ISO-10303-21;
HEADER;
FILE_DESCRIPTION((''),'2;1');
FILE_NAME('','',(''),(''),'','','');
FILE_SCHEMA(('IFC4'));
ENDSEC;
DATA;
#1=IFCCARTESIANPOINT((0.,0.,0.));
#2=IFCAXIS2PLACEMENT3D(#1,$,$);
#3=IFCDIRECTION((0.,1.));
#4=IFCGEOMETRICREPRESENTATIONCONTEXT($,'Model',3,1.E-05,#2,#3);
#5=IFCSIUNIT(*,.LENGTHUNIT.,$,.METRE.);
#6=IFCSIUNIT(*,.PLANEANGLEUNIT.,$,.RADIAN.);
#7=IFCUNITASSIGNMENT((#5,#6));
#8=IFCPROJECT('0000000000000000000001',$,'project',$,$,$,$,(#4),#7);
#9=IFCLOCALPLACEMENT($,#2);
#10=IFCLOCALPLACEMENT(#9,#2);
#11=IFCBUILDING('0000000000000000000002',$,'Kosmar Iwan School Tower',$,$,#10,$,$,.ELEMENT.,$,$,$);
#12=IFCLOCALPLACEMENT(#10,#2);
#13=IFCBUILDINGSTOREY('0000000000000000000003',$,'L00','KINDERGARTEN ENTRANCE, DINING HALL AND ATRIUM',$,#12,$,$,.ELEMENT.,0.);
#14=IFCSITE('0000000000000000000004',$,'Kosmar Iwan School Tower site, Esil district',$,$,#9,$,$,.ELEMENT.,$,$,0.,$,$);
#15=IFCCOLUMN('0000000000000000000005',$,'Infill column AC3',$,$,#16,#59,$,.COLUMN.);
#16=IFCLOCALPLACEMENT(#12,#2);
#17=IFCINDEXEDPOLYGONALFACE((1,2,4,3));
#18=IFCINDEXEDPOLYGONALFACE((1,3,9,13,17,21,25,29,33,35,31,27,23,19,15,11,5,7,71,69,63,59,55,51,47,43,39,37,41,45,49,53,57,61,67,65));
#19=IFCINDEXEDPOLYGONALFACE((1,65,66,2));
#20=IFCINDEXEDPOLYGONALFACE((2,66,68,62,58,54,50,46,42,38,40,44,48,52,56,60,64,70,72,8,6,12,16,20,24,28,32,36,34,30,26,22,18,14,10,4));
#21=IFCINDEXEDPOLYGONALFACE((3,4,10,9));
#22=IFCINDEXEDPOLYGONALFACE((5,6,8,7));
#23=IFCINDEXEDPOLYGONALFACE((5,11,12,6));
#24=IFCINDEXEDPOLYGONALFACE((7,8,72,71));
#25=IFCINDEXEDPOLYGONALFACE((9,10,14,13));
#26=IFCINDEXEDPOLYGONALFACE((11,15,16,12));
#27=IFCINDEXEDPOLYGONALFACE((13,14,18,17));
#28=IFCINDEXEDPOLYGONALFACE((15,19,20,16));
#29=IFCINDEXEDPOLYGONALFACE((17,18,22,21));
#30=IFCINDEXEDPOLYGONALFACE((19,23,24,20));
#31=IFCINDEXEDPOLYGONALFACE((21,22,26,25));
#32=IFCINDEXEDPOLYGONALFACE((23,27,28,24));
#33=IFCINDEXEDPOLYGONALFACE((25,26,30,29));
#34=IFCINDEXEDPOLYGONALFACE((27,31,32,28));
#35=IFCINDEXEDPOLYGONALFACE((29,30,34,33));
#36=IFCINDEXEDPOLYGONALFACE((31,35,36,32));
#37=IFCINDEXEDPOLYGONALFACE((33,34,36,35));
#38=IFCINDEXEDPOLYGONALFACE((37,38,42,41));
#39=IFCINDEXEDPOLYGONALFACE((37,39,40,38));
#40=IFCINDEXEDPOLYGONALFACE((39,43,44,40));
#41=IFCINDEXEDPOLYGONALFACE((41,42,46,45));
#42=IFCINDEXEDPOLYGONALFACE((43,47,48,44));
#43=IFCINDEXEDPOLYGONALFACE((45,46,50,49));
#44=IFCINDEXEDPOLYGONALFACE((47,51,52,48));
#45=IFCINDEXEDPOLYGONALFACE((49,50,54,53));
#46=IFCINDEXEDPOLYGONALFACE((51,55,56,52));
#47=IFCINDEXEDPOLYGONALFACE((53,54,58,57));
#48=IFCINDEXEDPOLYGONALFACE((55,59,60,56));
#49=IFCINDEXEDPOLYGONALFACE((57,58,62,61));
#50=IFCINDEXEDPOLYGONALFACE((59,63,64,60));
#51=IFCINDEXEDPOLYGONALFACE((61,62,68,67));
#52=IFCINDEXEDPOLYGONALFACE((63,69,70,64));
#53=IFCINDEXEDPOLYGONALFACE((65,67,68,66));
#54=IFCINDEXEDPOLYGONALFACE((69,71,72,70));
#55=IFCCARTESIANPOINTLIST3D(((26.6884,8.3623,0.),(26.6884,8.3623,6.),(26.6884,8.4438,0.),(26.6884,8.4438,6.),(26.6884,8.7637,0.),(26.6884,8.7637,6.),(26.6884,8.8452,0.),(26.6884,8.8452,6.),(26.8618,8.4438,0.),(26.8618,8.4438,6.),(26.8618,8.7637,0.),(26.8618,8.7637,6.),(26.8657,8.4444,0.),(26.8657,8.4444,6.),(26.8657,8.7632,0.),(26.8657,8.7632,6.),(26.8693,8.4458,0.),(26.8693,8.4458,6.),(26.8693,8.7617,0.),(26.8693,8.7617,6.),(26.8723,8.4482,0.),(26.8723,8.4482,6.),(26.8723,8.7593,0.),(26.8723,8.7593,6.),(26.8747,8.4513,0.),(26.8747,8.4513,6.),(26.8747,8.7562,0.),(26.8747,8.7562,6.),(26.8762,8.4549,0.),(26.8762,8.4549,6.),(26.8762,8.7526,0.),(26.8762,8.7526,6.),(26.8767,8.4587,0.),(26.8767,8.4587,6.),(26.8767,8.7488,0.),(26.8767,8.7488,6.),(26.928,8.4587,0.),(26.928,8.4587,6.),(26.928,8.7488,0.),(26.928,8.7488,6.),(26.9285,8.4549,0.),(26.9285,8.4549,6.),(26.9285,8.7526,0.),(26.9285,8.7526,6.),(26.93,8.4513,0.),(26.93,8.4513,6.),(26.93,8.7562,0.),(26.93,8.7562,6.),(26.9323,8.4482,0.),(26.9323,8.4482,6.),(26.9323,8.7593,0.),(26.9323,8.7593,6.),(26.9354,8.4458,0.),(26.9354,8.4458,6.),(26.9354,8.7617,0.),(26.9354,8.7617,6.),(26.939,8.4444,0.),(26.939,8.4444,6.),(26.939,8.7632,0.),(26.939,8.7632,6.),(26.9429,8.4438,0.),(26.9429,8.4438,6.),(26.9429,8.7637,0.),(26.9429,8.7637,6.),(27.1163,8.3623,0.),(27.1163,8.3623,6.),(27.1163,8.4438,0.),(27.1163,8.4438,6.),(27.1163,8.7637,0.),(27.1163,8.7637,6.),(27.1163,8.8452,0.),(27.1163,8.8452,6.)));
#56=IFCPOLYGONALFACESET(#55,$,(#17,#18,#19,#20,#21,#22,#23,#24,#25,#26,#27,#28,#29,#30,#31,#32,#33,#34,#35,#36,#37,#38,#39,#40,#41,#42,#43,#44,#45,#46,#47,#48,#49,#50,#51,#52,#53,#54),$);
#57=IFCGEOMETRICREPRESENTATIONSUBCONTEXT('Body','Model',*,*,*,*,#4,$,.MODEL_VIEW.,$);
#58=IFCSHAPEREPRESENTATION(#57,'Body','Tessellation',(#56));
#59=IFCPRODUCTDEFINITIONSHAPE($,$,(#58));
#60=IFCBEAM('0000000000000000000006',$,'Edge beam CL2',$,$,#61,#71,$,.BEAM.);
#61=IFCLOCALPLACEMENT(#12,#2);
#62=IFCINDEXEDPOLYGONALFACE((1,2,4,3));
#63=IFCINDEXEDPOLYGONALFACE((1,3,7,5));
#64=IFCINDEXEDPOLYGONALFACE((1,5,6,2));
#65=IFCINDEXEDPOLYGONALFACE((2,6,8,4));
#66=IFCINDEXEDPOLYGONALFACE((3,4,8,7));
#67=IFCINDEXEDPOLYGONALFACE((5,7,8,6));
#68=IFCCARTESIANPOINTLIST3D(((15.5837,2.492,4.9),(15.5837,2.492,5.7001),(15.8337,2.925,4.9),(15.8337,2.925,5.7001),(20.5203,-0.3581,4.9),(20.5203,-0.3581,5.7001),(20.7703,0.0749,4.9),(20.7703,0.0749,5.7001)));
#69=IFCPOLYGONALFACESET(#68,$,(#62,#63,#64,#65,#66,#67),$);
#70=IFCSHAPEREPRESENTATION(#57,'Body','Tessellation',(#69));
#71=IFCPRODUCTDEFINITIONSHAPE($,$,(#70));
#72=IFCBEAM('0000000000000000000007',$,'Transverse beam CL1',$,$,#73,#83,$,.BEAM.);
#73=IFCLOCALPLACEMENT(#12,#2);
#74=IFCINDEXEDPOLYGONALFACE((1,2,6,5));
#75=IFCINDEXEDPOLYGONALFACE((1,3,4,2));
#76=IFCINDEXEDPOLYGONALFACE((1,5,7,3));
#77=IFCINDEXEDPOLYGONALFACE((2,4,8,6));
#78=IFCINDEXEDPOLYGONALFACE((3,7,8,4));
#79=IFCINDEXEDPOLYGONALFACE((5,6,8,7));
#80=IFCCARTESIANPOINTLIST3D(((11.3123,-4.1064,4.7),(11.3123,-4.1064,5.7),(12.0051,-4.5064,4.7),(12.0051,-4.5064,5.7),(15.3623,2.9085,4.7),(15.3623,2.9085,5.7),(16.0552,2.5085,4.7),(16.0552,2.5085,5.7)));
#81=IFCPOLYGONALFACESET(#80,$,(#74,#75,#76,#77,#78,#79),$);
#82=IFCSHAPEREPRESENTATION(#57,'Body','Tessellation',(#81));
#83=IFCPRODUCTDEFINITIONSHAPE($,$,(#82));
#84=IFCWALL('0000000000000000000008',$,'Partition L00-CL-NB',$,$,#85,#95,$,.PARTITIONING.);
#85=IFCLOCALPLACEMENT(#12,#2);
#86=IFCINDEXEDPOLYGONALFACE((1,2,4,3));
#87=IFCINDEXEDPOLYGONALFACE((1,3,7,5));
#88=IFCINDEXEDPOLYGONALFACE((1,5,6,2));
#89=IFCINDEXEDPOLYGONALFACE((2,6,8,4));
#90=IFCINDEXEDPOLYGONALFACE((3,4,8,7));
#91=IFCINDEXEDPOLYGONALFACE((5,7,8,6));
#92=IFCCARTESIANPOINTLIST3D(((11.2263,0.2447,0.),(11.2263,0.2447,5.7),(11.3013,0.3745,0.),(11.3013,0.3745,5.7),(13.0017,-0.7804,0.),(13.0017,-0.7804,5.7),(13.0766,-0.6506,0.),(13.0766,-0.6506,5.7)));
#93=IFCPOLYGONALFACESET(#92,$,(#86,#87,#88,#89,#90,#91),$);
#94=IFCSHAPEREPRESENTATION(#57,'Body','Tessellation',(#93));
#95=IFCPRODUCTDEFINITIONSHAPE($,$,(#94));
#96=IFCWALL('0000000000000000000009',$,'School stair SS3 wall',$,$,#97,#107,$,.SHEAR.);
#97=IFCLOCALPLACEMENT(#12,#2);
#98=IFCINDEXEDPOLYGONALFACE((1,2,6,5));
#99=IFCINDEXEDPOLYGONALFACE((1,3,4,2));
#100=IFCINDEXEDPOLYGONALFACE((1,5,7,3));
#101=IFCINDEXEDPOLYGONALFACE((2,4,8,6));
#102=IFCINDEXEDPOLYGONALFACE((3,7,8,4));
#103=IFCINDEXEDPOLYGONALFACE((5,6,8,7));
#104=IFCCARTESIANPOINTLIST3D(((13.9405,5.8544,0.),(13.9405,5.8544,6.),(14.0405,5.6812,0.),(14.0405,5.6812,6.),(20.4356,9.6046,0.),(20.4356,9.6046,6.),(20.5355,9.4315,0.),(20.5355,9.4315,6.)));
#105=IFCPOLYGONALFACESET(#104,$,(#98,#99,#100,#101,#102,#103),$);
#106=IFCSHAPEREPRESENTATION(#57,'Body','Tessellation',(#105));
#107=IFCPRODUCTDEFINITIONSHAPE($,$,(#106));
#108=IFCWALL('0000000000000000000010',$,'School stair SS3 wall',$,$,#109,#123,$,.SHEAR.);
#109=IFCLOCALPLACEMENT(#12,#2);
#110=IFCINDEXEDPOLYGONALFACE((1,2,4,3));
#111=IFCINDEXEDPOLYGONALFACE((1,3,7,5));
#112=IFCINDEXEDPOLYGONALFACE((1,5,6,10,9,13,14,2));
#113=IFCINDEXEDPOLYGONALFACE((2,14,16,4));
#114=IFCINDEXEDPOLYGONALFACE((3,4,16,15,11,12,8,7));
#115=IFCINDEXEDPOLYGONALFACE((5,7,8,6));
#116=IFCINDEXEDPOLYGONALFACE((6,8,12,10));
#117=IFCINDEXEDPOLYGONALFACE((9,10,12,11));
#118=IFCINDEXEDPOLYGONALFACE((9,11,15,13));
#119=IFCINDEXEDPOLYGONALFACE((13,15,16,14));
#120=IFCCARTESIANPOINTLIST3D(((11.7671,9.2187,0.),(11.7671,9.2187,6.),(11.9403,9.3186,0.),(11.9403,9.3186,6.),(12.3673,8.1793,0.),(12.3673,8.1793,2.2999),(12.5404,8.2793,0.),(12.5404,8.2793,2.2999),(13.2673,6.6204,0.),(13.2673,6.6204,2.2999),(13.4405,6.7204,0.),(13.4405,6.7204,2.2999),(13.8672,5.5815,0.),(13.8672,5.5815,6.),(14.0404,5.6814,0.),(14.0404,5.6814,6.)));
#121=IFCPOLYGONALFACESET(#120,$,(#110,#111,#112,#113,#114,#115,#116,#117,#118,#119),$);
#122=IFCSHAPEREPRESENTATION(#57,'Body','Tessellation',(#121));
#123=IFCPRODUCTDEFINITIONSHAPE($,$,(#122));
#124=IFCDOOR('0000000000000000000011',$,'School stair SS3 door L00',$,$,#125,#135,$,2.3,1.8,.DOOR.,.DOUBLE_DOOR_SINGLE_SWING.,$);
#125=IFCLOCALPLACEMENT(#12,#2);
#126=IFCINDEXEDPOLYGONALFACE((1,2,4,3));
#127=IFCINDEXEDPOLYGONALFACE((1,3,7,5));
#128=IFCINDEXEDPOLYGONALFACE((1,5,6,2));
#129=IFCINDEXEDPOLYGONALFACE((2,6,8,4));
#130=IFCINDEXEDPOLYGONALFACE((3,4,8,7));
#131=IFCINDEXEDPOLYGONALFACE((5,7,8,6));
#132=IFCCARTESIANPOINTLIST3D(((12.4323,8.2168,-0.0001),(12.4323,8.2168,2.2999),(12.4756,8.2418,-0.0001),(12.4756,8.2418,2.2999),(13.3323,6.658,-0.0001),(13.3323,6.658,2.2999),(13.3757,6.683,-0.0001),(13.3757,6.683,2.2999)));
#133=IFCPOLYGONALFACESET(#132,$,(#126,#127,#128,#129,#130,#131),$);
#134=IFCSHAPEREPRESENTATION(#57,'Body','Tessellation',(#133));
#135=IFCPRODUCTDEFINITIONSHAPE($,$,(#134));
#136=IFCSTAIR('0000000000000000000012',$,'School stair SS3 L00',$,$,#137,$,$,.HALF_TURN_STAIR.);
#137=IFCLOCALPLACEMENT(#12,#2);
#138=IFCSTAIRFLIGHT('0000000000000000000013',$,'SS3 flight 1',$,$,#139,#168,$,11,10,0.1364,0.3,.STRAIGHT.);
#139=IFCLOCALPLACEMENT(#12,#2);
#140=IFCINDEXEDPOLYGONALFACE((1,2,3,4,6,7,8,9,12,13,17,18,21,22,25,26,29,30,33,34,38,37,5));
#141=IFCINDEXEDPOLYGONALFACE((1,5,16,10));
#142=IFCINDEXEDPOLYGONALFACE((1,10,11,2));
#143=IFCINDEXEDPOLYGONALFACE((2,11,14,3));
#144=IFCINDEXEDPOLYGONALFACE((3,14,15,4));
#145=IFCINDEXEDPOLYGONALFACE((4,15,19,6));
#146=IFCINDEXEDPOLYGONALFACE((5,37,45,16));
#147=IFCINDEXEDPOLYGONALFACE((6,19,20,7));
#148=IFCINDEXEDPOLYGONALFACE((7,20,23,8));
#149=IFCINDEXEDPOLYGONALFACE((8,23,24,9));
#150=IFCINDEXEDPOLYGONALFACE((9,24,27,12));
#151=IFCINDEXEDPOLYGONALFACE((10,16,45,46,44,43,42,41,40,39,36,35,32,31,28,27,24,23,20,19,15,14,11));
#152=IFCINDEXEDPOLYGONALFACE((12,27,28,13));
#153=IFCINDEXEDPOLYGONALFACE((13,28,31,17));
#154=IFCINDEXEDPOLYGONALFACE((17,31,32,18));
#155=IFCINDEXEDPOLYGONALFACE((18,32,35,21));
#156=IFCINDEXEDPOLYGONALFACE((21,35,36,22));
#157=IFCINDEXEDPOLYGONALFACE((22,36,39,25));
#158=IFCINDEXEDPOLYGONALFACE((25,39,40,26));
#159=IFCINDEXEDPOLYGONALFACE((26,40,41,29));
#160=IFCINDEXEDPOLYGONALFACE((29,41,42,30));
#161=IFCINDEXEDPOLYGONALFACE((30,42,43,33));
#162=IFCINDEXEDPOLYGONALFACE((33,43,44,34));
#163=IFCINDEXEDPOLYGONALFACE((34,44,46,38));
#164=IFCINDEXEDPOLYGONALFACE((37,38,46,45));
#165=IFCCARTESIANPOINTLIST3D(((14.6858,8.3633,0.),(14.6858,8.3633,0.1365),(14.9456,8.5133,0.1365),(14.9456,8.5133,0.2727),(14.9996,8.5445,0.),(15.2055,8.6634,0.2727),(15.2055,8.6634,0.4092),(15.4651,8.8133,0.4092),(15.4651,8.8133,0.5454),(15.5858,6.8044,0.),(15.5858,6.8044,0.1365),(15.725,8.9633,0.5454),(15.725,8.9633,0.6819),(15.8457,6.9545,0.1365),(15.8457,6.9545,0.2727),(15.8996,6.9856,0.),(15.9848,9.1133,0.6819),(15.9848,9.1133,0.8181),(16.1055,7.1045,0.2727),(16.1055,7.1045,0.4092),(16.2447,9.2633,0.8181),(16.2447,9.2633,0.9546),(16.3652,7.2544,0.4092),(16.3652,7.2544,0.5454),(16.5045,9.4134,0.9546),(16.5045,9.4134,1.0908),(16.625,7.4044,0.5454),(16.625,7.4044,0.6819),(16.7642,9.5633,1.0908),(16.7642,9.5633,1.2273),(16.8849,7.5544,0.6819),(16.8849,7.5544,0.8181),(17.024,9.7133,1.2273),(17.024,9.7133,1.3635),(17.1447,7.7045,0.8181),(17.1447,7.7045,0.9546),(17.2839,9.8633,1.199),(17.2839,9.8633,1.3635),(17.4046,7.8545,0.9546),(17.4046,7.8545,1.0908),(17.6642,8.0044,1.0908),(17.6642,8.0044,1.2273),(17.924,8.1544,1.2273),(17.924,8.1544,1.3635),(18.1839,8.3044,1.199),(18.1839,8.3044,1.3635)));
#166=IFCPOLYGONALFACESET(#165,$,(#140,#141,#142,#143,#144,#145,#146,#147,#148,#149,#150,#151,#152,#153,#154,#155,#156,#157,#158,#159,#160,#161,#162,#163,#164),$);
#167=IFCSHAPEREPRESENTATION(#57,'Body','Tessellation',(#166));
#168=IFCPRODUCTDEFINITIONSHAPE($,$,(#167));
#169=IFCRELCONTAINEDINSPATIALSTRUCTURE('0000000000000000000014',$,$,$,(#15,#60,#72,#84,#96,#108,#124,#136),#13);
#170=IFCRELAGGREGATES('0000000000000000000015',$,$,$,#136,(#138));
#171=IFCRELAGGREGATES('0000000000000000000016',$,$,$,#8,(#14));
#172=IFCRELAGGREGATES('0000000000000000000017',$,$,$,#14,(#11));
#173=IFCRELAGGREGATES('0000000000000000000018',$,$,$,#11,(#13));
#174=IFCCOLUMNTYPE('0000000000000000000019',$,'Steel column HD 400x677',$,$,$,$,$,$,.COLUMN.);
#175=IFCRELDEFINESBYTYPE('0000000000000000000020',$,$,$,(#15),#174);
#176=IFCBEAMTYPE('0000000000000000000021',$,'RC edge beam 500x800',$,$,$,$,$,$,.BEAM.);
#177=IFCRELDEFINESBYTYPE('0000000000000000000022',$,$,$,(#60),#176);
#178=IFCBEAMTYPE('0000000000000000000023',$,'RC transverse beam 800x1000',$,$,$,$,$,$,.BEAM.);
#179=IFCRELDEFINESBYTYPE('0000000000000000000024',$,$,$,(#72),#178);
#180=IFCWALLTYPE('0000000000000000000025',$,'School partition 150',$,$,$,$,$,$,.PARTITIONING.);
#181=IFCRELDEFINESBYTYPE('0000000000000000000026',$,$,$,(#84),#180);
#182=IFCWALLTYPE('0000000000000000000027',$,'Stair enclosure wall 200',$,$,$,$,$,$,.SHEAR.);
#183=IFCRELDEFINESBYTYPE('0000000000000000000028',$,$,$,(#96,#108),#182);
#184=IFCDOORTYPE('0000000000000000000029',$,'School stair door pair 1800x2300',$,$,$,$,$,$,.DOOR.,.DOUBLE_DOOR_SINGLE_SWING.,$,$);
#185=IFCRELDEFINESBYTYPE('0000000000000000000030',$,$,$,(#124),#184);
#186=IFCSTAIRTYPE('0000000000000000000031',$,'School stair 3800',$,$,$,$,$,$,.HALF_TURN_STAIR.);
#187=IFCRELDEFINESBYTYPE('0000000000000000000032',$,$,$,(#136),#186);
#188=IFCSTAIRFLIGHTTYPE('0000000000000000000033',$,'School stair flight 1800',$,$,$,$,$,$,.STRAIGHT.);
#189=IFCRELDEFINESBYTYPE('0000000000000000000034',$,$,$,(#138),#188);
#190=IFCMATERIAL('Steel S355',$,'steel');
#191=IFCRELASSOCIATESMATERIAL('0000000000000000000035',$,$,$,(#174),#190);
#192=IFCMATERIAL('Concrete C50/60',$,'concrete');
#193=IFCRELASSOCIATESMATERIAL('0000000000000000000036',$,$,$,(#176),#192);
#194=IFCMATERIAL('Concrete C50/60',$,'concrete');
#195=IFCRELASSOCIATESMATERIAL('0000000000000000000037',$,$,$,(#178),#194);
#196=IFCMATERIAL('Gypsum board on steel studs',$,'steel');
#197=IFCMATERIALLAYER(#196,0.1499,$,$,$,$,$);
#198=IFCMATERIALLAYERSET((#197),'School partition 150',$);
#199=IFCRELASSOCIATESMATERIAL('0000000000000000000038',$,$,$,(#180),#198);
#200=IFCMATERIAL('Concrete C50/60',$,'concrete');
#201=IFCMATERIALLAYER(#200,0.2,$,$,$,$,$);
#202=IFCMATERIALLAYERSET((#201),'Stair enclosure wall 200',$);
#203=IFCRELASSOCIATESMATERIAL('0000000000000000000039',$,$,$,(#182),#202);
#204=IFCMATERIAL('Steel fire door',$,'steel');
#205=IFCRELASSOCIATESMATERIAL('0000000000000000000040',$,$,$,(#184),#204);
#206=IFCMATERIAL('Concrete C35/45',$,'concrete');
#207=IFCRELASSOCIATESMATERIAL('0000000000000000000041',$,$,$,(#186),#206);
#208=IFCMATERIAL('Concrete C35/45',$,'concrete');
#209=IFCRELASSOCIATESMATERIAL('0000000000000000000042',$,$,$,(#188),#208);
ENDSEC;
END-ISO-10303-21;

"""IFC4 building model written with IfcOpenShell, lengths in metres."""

from ifc_helpers import new_model, si_unit, direction, frame, frame_2d, origin, origin_2d, place, context, subcontext, project, spatial, polyline, rectangle, i_section, outline, extrude, material, layer, layer_set, material_profile, profile_set, type_object, element, fill, aggregate, save


model = new_model("IFC4")

# Units and contexts
model_context = context("Model", 3, precision=1e-05, world=origin(), true_north=direction((0.0, 1.0)))
body_context = subcontext(model_context, "Body", "Model", "MODEL_VIEW")
ifc_project = project(units=[si_unit("LENGTHUNIT", "METRE"), si_unit("PLANEANGLEUNIT", "RADIAN")], contexts=[model_context])

# Site, building, storey
site_placement = place(None, origin())
site = spatial("IfcSite", under=ifc_project, at=site_placement, Name="Kosmar Iwan School Tower site, Esil district", CompositionType="ELEMENT", RefElevation=0.0)
building_placement = place(site_placement, origin())
building = spatial("IfcBuilding", under=site, at=building_placement, Name="Kosmar Iwan School Tower", CompositionType="ELEMENT")
storey_placement = place(building_placement, origin())
storey = spatial("IfcBuildingStorey", under=building, at=storey_placement, Name="L00", Description="KINDERGARTEN ENTRANCE, DINING HALL AND ATRIUM", CompositionType="ELEMENT", Elevation=0.0)

# Column
ifc_material_1 = material(Name="Steel S355", Category="steel")
ifc_material_profile_1 = material_profile(ifc_material_1, i_section(OverallWidth=0.428, OverallDepth=0.4829, WebThickness=0.0513, FlangeThickness=0.0815, FilletRadius=0.0149, at=origin_2d()), Name="HD 400x677")
ifc_profile_set_1 = profile_set([ifc_material_profile_1], Name="Steel S355")
column_type_1 = type_object("IfcColumnType", Name="Steel column HD 400x677", PredefinedType="COLUMN", material=ifc_profile_set_1)
column_1_placement = place(storey_placement, frame((26.9023, 8.6038, 0.0), z_axis=(0.0, 0.0, 1.0), x_axis=(1.0, 0.0, 0.0)))
element("IfcColumn", 1, at=column_1_placement, inside=storey, type_object=column_type_1, Name="Infill column AC3", PredefinedType="COLUMN", context=body_context, shape_type="SweptSolid", body=[
    extrude(i_section(OverallWidth=0.428, OverallDepth=0.4829, WebThickness=0.0513, FlangeThickness=0.0815, FilletRadius=0.0149, at=origin_2d()), origin(), (0.0, 0.0, 1.0), 6.0),
])

# Beams
ifc_material_2 = material(Name="Concrete C50/60", Category="concrete")
ifc_material_profile_2 = material_profile(ifc_material_2, rectangle(XDim=0.5, YDim=0.8, at=origin_2d()), Name="RC 500x800")
ifc_profile_set_2 = profile_set([ifc_material_profile_2], Name="Concrete C50/60")
beam_type_1 = type_object("IfcBeamType", Name="RC edge beam 500x800", PredefinedType="BEAM", material=ifc_profile_set_2)
beam_1_placement = place(storey_placement, frame((15.7087, 2.7085, 5.3), z_axis=(0.866026, -0.499999, 0.0), x_axis=(0.499999, 0.866026, 0.0)))
element("IfcBeam", 2, at=beam_1_placement, inside=storey, type_object=beam_type_1, Name="Edge beam CL2", PredefinedType="BEAM", context=body_context, shape_type="SweptSolid", body=[
    extrude(rectangle(XDim=0.5, YDim=0.8, at=origin_2d()), origin(), (0.0, 0.0, 1.0), 5.7002),
])
ifc_material_3 = material(Name="Concrete C50/60", Category="concrete")
ifc_material_profile_3 = material_profile(ifc_material_3, rectangle(XDim=0.8, YDim=1.0, at=origin_2d()), Name="RC 800x1000")
ifc_profile_set_3 = profile_set([ifc_material_profile_3], Name="Concrete C50/60")
beam_type_2 = type_object("IfcBeamType", Name="RC transverse beam 800x1000", PredefinedType="BEAM", material=ifc_profile_set_3)
beam_2_placement = place(storey_placement, frame((15.7087, 2.7085, 5.2), z_axis=(-0.5, -0.866025, 0.0), x_axis=(0.866025, -0.5, 0.0)))
element("IfcBeam", 3, at=beam_2_placement, inside=storey, type_object=beam_type_2, Name="Transverse beam CL1", PredefinedType="BEAM", context=body_context, shape_type="SweptSolid", body=[
    extrude(rectangle(XDim=0.8, YDim=1.0, at=origin_2d()), origin(), (0.0, 0.0, 1.0), 8.1001),
])

# Walls
ifc_material_4 = material(Name="Gypsum board on steel studs", Category="steel")
ifc_layer_1 = layer(ifc_material_4, 0.1499)
ifc_layer_set_1 = layer_set([ifc_layer_1], Name="School partition 150")
wall_type_1 = type_object("IfcWallType", Name="School partition 150", PredefinedType="PARTITIONING", material=ifc_layer_set_1)
wall_1_placement = place(storey_placement, frame((11.2639, 0.3096, 0.0), z_axis=(0.0, 0.0, 1.0), x_axis=(0.865999, -0.500045, 0.0)))
element("IfcWall", 4, at=wall_1_placement, inside=storey, type_object=wall_type_1, Name="Partition L00-CL-NB", PredefinedType="PARTITIONING", context=body_context, shape_type="SweptSolid", body=[
    extrude(rectangle(XDim=2.05, YDim=0.1499, at=frame_2d((1.0249, 0.0))), origin(), (0.0, 0.0, 1.0), 5.7),
])
ifc_material_5 = material(Name="Concrete C50/60", Category="concrete")
ifc_layer_2 = layer(ifc_material_5, 0.2)
ifc_layer_set_2 = layer_set([ifc_layer_2], Name="Stair enclosure wall 200")
wall_type_2 = type_object("IfcWallType", Name="Stair enclosure wall 200", PredefinedType="SHEAR", material=ifc_layer_set_2)
wall_2_placement = place(storey_placement, frame((13.9905, 5.7678, 0.0), z_axis=(0.0, 0.0, 1.0), x_axis=(0.866009, 0.500029, 0.0)))
element("IfcWall", 5, at=wall_2_placement, inside=storey, type_object=wall_type_2, Name="School stair SS3 wall", PredefinedType="SHEAR", context=body_context, shape_type="SweptSolid", body=[
    extrude(rectangle(XDim=7.5, YDim=0.2, at=frame_2d((3.75, 0.0))), origin(), (0.0, 0.0, 1.0), 6.0),
])

# Wall, opening, door
wall_3_placement = place(storey_placement, frame((13.9539, 5.6313, 0.0), z_axis=(0.0, 0.0, 1.0), x_axis=(-0.500028, 0.866009, 0.0)))
wall_3 = element("IfcWall", 6, at=wall_3_placement, inside=storey, type_object=wall_type_2, Name="School stair SS3 wall", PredefinedType="SHEAR", context=body_context, shape_type="SweptSolid", body=[
    extrude(rectangle(XDim=4.2, YDim=0.2, at=frame_2d((2.1001, 0.0))), origin(), (0.0, 0.0, 1.0), 6.0),
])
opening_placement = place(wall_3_placement, frame((1.2, 0.0, 0.0)))
opening = element("IfcOpeningElement", 7, at=opening_placement, cuts=wall_3, PredefinedType="OPENING", context=body_context, shape_type="SweptSolid", body=[
    extrude(rectangle(XDim=1.8, YDim=2.3, at=frame_2d((0.8999, 1.1499))), frame((0.0, 0.1121, 0.0), z_axis=(0.0, -1.0, 0.0), x_axis=(1.0, 0.0, 0.0)), (0.0, 0.0, 1.0), 0.2239),
])
ifc_material_6 = material(Name="Steel fire door", Category="steel")
door_type = type_object("IfcDoorType", Name="School stair door pair 1800x2300", OperationType="DOUBLE_DOOR_SINGLE_SWING", PredefinedType="DOOR", material=ifc_material_6)
door_placement = place(opening_placement, origin())
door = element("IfcDoor", 8, at=door_placement, inside=storey, type_object=door_type, Name="School stair SS3 door L00", OperationType="DOUBLE_DOOR_SINGLE_SWING", OverallHeight=2.3, OverallWidth=1.8, PredefinedType="DOOR", context=body_context, shape_type="SweptSolid", body=[
    extrude(rectangle(XDim=1.8, YDim=2.3, at=frame_2d((0.8999, 1.1499))), frame((0.0, 0.0249, 0.0), z_axis=(0.0, -1.0, 0.0), x_axis=(1.0, 0.0, 0.0)), (0.0, 0.0, 1.0), 0.05),
])
fill(opening, door)

# Stair, stair flight
ifc_material_7 = material(Name="Concrete C35/45", Category="concrete")
stair_type = type_object("IfcStairType", Name="School stair 3800", PredefinedType="HALF_TURN_STAIR", material=ifc_material_7)
stair_placement = place(storey_placement, origin())
stair = element("IfcStair", 9, at=stair_placement, inside=storey, type_object=stair_type, Name="School stair SS3 L00", PredefinedType="HALF_TURN_STAIR")
ifc_material_8 = material(Name="Concrete C35/45", Category="concrete")
stair_flight_type = type_object("IfcStairFlightType", Name="School stair flight 1800", PredefinedType="STRAIGHT", material=ifc_material_8)
stair_flight_1_placement = place(storey_placement, frame((15.1357, 7.584, 0.0), z_axis=(0.0, 0.0, 1.0), x_axis=(0.866025, 0.5, 0.0)))
stair_flight_1 = element("IfcStairFlight", 10, at=stair_flight_1_placement, type_object=stair_flight_type, Name="SS3 flight 1", NumberOfRisers=11, NumberOfTreads=10, PredefinedType="STRAIGHT", RiserHeight=0.1364, TreadLength=0.3, context=body_context, shape_type="SweptSolid", body=[
    extrude(outline(polyline([(0.0, 0.0), (0.0, 0.1365), (0.3, 0.1365), (0.3, 0.2727), (0.6001, 0.2727), (0.6001, 0.4092), (0.8999, 0.4092), (0.8999, 0.5454), (1.2, 0.5454), (1.2, 0.6819), (1.5, 0.6819), (1.5, 0.8181), (1.8, 0.8181), (1.8, 0.9546), (2.1001, 0.9546), (2.1001, 1.0908), (2.3999, 1.0908), (2.3999, 1.2273), (2.7, 1.2273), (2.7, 1.3635), (3.0, 1.3635), (3.0, 1.5), (3.0, 1.199), (0.3623, 0.0), (0.0, 0.0)])), frame((0.0, 0.8999, 0.0), z_axis=(0.0, -1.0, 0.0), x_axis=(1.0, 0.0, 0.0)), (0.0, 0.0, 1.0), 1.8),
])
aggregate(stair, [stair_flight_1])

save(model, "model.ifc")
